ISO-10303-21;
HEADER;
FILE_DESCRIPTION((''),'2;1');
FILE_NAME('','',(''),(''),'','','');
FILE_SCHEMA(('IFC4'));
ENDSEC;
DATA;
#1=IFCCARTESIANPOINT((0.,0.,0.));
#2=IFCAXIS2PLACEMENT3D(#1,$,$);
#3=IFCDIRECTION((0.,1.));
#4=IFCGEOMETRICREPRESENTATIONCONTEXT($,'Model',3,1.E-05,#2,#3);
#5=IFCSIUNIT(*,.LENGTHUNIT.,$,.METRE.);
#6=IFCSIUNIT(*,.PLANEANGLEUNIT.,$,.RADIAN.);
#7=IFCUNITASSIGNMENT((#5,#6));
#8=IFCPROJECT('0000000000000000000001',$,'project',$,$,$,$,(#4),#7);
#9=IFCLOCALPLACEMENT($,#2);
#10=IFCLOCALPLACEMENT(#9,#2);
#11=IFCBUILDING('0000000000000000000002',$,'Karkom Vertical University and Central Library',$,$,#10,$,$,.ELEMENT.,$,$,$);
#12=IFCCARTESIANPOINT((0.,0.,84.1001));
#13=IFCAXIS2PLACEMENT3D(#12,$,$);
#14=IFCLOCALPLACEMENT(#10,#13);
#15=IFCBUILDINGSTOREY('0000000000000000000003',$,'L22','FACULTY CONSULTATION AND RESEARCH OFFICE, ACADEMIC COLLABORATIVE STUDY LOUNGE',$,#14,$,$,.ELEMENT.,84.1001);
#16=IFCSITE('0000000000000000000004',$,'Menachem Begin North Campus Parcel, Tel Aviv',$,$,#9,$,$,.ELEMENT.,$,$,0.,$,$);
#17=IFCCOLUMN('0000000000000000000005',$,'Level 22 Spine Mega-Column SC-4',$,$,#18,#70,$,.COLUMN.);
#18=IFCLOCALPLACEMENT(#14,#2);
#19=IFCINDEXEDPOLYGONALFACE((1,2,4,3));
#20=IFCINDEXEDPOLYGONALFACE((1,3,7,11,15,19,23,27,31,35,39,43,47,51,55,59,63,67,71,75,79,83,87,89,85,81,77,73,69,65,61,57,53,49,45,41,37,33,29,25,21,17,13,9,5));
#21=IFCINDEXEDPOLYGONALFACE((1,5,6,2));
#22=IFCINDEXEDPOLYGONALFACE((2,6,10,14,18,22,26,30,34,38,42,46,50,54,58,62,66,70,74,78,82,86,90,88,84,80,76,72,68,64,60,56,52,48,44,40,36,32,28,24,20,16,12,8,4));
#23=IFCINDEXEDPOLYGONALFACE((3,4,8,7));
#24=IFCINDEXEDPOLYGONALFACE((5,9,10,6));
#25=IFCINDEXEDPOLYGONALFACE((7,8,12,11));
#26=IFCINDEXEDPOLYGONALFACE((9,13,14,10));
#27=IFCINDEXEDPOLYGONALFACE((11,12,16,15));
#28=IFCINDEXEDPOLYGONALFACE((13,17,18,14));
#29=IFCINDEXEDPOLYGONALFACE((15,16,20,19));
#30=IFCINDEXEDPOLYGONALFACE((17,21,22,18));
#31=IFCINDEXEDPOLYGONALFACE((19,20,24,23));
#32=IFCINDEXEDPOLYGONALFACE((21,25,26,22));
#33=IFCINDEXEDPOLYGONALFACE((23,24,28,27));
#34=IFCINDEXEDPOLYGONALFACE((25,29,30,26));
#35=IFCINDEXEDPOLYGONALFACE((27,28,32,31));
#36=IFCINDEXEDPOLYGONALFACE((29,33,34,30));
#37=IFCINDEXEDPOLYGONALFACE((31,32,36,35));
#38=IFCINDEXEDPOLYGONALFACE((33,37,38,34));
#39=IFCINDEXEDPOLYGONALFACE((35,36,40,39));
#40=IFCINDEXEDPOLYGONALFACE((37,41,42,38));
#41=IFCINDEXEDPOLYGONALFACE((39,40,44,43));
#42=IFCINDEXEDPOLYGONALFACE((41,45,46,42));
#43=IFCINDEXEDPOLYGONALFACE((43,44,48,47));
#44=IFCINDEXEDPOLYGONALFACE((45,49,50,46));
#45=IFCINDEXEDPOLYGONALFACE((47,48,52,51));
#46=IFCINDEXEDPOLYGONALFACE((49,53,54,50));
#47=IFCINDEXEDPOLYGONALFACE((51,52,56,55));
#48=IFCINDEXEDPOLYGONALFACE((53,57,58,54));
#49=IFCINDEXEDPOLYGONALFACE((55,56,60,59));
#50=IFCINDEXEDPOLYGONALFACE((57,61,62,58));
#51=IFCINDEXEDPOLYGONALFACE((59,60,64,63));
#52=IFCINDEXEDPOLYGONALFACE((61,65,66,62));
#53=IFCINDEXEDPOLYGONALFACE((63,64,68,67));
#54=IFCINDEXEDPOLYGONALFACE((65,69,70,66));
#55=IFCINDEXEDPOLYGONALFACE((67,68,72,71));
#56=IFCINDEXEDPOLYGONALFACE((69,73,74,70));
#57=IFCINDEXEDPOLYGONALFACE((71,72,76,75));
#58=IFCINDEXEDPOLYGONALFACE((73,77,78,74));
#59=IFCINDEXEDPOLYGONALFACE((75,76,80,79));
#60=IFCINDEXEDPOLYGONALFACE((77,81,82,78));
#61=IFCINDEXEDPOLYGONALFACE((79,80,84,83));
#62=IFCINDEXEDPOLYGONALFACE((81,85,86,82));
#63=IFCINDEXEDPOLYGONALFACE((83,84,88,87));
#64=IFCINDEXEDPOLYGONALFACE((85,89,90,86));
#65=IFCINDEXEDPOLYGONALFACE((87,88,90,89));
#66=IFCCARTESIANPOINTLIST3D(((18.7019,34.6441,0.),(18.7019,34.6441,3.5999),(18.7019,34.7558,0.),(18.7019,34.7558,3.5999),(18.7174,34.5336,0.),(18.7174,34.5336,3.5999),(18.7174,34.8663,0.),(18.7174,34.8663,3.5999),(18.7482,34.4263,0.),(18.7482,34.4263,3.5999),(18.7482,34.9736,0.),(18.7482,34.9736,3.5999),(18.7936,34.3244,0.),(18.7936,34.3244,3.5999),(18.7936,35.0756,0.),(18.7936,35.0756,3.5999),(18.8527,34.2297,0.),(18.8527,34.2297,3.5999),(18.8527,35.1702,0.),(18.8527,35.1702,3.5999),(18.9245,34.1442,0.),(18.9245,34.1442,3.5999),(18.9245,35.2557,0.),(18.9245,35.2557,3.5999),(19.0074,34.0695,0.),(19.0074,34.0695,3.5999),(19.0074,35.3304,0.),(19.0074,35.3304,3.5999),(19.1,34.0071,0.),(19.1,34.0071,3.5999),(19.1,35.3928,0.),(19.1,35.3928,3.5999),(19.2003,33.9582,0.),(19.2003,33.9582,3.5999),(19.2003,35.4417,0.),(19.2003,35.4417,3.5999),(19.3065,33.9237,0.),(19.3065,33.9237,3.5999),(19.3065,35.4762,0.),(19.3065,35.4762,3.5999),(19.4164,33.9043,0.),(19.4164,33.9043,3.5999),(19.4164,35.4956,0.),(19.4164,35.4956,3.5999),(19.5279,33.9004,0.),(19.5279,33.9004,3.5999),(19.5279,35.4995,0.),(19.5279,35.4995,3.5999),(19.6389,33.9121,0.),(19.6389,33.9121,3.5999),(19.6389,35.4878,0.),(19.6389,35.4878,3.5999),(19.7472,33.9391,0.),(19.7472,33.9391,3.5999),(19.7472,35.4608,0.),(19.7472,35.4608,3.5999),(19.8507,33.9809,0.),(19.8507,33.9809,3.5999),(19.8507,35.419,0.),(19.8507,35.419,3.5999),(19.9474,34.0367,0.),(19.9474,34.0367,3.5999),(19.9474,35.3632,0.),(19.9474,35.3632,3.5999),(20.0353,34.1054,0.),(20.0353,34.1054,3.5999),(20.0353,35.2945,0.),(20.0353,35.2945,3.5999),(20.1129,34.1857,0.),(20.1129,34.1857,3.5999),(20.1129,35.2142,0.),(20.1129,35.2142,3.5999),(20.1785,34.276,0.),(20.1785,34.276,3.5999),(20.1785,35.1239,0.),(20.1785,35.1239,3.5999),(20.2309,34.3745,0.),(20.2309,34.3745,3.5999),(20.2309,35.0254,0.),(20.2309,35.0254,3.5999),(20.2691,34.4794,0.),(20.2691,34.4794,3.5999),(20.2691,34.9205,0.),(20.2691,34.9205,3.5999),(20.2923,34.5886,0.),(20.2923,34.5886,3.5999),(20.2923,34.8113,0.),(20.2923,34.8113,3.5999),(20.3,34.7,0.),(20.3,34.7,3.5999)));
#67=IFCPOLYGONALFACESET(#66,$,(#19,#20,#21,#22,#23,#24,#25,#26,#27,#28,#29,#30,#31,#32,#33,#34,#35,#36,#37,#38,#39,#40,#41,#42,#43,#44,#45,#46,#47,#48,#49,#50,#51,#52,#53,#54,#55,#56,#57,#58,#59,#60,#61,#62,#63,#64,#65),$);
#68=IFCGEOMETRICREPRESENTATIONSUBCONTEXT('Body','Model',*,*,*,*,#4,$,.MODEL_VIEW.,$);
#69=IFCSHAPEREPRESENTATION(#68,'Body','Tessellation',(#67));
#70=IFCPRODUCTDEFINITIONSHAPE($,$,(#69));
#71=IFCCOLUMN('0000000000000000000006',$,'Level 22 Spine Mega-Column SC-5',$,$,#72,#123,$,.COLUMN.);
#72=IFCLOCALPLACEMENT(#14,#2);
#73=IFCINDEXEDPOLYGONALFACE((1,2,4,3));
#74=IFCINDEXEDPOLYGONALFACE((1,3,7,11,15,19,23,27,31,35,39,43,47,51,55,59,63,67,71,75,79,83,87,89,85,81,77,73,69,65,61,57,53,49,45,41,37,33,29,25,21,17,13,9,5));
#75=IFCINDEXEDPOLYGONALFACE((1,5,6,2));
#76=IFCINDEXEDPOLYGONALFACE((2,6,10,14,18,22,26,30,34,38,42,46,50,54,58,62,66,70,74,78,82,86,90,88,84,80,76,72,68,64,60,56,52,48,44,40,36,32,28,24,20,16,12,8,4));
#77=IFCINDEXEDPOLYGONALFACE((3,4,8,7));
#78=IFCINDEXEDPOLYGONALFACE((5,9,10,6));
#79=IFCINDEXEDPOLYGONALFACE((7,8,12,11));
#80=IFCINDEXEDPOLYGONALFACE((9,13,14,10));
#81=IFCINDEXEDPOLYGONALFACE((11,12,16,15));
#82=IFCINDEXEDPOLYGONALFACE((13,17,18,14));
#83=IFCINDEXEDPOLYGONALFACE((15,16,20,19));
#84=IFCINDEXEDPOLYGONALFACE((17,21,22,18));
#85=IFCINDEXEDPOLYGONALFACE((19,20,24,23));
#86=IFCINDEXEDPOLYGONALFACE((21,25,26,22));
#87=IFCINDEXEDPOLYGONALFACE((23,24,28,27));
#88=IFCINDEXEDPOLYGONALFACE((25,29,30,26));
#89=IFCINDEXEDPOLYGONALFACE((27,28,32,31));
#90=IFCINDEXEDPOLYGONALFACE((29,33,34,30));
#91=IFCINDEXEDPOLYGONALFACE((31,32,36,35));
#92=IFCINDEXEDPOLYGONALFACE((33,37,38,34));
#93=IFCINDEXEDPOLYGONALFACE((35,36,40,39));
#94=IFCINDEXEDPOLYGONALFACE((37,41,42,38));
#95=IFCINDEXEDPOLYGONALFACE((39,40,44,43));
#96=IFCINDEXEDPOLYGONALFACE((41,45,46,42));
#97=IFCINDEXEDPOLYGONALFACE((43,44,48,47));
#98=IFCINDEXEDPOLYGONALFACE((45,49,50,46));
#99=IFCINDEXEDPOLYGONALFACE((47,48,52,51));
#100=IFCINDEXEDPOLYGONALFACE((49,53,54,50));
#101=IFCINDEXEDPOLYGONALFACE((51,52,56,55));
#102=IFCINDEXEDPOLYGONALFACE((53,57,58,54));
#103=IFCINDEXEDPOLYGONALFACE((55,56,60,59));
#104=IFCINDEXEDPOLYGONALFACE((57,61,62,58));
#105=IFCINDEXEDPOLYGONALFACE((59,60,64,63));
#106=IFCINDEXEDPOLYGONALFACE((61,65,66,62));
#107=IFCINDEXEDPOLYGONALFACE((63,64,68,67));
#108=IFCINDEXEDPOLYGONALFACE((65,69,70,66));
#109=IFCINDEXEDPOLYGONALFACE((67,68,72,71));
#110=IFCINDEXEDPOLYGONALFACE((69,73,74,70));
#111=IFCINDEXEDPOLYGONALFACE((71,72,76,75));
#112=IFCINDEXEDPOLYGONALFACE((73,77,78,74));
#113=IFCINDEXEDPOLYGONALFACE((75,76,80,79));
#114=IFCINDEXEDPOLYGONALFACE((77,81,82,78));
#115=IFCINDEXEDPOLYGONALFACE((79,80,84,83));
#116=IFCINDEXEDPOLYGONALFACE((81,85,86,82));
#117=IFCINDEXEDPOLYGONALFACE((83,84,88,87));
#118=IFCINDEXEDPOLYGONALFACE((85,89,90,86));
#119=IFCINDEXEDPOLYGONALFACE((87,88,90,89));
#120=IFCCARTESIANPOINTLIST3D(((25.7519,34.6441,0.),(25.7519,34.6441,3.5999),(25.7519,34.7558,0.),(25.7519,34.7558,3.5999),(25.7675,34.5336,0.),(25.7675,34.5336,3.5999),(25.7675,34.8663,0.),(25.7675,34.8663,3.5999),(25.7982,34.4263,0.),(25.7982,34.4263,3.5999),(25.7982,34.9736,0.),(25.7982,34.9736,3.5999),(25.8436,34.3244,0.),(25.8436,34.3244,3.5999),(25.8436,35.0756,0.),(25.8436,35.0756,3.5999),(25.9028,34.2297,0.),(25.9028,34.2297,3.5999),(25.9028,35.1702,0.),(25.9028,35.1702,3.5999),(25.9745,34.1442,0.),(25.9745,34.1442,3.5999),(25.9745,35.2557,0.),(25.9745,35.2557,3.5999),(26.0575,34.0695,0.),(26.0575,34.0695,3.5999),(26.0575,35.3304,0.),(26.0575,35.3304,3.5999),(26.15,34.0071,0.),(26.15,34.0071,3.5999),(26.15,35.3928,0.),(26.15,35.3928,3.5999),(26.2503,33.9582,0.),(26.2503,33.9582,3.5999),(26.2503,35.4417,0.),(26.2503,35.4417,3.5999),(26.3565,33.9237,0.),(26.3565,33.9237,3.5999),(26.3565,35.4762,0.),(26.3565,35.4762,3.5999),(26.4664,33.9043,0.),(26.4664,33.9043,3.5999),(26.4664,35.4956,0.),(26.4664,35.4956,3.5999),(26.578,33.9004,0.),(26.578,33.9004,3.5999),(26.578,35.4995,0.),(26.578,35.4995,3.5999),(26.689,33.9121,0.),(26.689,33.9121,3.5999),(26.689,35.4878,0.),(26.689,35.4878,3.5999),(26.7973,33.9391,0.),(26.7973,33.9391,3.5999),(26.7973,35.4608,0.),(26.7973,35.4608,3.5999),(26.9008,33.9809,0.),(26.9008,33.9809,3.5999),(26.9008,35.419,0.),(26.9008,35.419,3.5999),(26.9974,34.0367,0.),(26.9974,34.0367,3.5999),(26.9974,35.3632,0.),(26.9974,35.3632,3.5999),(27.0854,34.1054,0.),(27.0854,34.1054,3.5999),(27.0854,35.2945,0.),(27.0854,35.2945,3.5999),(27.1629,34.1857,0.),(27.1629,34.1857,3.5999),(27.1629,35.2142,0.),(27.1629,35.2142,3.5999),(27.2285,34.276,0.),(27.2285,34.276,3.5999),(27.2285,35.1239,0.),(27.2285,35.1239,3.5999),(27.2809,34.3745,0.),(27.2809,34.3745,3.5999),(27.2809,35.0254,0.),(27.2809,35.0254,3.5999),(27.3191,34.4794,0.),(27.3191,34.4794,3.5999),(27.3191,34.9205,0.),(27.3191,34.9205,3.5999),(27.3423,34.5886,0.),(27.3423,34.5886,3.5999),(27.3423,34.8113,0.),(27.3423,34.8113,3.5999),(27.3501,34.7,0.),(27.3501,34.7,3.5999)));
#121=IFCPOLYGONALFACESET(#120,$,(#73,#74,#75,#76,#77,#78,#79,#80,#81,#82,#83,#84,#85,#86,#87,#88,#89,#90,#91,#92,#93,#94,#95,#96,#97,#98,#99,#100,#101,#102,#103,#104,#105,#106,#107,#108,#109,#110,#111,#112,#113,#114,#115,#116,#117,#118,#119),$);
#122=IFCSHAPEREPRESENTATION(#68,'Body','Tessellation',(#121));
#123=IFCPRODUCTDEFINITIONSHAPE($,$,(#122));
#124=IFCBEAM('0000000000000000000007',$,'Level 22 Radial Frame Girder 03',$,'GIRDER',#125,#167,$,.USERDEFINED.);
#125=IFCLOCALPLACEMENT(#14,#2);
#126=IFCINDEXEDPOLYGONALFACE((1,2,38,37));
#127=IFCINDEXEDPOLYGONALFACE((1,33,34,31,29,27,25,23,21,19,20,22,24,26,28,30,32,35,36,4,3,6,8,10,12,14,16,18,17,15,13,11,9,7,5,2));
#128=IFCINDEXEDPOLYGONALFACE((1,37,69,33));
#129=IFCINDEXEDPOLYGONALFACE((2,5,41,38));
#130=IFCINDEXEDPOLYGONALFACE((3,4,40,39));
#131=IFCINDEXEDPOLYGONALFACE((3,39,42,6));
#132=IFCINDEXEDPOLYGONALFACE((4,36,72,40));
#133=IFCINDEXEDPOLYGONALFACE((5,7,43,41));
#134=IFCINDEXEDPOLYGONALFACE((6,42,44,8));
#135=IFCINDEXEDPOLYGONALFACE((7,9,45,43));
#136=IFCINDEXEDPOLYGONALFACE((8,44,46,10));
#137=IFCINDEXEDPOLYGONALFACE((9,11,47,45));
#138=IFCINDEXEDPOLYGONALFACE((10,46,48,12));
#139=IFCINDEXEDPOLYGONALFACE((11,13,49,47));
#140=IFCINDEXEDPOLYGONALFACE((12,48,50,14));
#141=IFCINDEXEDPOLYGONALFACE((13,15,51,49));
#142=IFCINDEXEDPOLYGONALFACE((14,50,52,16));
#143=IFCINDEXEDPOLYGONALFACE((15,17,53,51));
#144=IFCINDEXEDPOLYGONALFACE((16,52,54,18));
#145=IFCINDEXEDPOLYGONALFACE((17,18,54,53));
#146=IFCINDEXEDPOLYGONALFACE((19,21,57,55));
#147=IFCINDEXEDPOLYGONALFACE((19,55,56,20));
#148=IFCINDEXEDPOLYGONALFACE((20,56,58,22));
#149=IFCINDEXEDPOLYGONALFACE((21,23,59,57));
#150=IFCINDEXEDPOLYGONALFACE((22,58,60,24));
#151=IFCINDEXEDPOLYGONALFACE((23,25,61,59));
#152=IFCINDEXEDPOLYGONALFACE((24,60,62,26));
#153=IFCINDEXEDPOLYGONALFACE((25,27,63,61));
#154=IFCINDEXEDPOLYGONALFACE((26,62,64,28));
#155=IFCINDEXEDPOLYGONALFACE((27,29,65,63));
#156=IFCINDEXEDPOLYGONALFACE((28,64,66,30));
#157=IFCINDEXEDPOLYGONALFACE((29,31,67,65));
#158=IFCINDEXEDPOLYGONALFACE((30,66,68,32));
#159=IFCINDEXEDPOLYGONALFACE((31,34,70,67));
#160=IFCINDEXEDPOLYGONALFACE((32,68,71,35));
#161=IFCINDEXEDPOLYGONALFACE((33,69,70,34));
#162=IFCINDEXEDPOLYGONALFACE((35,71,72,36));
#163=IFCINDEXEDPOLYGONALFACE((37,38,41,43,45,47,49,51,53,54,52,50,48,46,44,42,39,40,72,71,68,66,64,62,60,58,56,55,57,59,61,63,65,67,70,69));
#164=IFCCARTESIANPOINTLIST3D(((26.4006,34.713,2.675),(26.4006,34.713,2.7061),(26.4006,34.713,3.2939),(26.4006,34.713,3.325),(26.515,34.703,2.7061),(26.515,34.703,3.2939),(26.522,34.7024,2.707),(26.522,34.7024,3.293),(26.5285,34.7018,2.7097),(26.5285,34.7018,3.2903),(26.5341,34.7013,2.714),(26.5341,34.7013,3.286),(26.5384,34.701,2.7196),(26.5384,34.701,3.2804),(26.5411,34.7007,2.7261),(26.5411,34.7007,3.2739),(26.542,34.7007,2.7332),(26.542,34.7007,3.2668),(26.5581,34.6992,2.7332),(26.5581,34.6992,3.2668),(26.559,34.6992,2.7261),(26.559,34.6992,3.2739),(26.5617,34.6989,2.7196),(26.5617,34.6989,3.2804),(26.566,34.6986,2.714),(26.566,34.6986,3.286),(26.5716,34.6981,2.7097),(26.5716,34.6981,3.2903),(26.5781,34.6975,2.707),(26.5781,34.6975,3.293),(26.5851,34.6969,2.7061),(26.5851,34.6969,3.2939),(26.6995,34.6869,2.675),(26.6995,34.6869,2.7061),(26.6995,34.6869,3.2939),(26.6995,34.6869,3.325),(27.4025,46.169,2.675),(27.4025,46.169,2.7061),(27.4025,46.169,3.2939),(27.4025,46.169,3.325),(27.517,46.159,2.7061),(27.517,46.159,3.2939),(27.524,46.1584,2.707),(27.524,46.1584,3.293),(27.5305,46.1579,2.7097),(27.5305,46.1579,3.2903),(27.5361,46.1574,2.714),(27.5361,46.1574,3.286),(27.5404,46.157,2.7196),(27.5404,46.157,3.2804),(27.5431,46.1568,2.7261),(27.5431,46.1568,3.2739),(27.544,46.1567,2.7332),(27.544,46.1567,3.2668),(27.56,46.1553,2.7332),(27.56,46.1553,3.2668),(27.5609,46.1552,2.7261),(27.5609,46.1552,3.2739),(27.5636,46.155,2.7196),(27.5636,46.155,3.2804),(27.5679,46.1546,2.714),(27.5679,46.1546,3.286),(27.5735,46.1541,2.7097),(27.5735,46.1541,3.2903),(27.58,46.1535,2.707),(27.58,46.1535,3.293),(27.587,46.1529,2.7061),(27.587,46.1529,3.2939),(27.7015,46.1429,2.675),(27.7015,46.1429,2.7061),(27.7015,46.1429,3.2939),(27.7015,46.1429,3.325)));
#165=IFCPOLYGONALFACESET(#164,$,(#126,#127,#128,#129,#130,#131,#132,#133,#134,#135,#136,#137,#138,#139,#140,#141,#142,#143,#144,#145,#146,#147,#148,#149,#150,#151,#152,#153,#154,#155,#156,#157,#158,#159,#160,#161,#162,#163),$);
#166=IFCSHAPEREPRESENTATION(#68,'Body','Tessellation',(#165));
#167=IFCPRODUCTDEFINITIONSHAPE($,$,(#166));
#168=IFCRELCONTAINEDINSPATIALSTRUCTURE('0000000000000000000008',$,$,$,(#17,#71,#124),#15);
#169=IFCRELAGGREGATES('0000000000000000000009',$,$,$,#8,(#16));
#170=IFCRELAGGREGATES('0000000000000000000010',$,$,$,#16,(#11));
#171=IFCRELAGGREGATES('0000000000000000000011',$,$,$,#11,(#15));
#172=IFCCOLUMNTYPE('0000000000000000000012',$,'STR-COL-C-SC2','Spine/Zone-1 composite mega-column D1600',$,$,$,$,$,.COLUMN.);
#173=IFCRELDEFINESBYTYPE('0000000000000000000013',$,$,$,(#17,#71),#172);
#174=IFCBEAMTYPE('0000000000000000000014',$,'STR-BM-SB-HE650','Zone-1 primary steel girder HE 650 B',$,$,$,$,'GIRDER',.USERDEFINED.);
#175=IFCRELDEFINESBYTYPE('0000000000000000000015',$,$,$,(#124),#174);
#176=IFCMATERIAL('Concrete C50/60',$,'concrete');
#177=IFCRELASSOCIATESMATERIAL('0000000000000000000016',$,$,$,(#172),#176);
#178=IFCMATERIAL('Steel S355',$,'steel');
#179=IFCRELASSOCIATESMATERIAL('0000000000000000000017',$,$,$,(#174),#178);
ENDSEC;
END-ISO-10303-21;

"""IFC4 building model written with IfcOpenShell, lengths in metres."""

from ifc_helpers import new_model, si_unit, direction, frame, origin, origin_with_axes, origin_2d, place, context, subcontext, project, spatial, circle, i_section, extrude, source, transform, mapped, material, material_profile, profile_set, type_object, element, save


model = new_model("IFC4")

# Units and contexts
model_context = context("Model", 3, precision=1e-05, world=origin(), true_north=direction((0.0, 1.0)))
body_context = subcontext(model_context, "Body", "Model", "MODEL_VIEW")
ifc_project = project(units=[si_unit("LENGTHUNIT", "METRE"), si_unit("PLANEANGLEUNIT", "RADIAN")], contexts=[model_context])

# Site, building, storey
site_placement = place(None, origin())
site = spatial("IfcSite", under=ifc_project, at=site_placement, Name="Menachem Begin North Campus Parcel, Tel Aviv", CompositionType="ELEMENT", RefElevation=0.0)
building_placement = place(site_placement, origin())
building = spatial("IfcBuilding", under=site, at=building_placement, Name="Karkom Vertical University and Central Library", CompositionType="ELEMENT")
storey_placement = place(building_placement, frame((0.0, 0.0, 84.1001)))
storey = spatial("IfcBuildingStorey", under=building, at=storey_placement, Name="L22", Description="FACULTY CONSULTATION AND RESEARCH OFFICE, ACADEMIC COLLABORATIVE STUDY LOUNGE", CompositionType="ELEMENT", Elevation=84.1001)

# Columns
ifc_material_1 = material(Name="Concrete C50/60", Category="concrete")
ifc_material_profile_1 = material_profile(ifc_material_1, circle(Radius=0.8, at=origin_2d()), Name="CFT-D1600")
ifc_profile_set_1 = profile_set([ifc_material_profile_1], Name="Concrete C50/60")
column_type = type_object("IfcColumnType", Name="STR-COL-C-SC2", Description="Spine/Zone-1 composite mega-column D1600", PredefinedType="COLUMN", material=ifc_profile_set_1)
shared_shape_1 = source(origin_with_axes(), body_context, "Body", "SweptSolid", [
    extrude(circle(Radius=0.8, at=origin_2d()), origin(), (0.0, 0.0, 1.0), 3.5999),
])
for number, where, z_axis, x_axis, name in (
    (1, (19.5, 34.7, 0.0), (0.0, 0.0, 1.0), (1.0, 0.0, 0.0), "Level 22 Spine Mega-Column SC-4"),
    (2, (26.55, 34.7, 0.0), (0.0, 0.0, 1.0), (1.0, 0.0, 0.0), "Level 22 Spine Mega-Column SC-5"),
):
    element("IfcColumn", number, at=place(storey_placement, frame(where, z_axis=z_axis, x_axis=x_axis)), inside=storey, type_object=column_type, Name=name, PredefinedType="COLUMN", context=body_context, shape_type="MappedRepresentation", body=[
        mapped(shared_shape_1, transform((0.0, 0.0, 0.0), scale=1.0)),
    ])

# Beam
ifc_material_2 = material(Name="Steel S355", Category="steel")
ifc_material_profile_2 = material_profile(ifc_material_2, i_section(OverallWidth=0.3, OverallDepth=0.6499, WebThickness=0.0161, FlangeThickness=0.031, FilletRadius=0.0271, at=origin_2d()), Name="HE 650 B")
ifc_profile_set_2 = profile_set([ifc_material_profile_2], Name="Steel S355")
beam_type = type_object("IfcBeamType", Name="STR-BM-SB-HE650", Description="Zone-1 primary steel girder HE 650 B", ElementType="GIRDER", PredefinedType="USERDEFINED", material=ifc_profile_set_2)
shared_shape_2 = source(origin_with_axes(), body_context, "Body", "SweptSolid", [
    extrude(i_section(OverallWidth=0.3, OverallDepth=0.6499, WebThickness=0.0161, FlangeThickness=0.031, FilletRadius=0.0271, at=origin_2d()), origin(), (0.0, 0.0, 1.0), 11.4998),
])
beam_1_placement = place(storey_placement, frame((26.55, 34.7, 3.0), z_axis=(0.087128, 0.996197, 0.0), x_axis=(-0.996197, 0.087128, 0.0)))
element("IfcBeam", 3, at=beam_1_placement, inside=storey, type_object=beam_type, Name="Level 22 Radial Frame Girder 03", ObjectType="GIRDER", PredefinedType="USERDEFINED", context=body_context, shape_type="MappedRepresentation", body=[
    mapped(shared_shape_2, transform((0.0, 0.0, 0.0), scale=1.0)),
])

save(model, "model.ifc")
